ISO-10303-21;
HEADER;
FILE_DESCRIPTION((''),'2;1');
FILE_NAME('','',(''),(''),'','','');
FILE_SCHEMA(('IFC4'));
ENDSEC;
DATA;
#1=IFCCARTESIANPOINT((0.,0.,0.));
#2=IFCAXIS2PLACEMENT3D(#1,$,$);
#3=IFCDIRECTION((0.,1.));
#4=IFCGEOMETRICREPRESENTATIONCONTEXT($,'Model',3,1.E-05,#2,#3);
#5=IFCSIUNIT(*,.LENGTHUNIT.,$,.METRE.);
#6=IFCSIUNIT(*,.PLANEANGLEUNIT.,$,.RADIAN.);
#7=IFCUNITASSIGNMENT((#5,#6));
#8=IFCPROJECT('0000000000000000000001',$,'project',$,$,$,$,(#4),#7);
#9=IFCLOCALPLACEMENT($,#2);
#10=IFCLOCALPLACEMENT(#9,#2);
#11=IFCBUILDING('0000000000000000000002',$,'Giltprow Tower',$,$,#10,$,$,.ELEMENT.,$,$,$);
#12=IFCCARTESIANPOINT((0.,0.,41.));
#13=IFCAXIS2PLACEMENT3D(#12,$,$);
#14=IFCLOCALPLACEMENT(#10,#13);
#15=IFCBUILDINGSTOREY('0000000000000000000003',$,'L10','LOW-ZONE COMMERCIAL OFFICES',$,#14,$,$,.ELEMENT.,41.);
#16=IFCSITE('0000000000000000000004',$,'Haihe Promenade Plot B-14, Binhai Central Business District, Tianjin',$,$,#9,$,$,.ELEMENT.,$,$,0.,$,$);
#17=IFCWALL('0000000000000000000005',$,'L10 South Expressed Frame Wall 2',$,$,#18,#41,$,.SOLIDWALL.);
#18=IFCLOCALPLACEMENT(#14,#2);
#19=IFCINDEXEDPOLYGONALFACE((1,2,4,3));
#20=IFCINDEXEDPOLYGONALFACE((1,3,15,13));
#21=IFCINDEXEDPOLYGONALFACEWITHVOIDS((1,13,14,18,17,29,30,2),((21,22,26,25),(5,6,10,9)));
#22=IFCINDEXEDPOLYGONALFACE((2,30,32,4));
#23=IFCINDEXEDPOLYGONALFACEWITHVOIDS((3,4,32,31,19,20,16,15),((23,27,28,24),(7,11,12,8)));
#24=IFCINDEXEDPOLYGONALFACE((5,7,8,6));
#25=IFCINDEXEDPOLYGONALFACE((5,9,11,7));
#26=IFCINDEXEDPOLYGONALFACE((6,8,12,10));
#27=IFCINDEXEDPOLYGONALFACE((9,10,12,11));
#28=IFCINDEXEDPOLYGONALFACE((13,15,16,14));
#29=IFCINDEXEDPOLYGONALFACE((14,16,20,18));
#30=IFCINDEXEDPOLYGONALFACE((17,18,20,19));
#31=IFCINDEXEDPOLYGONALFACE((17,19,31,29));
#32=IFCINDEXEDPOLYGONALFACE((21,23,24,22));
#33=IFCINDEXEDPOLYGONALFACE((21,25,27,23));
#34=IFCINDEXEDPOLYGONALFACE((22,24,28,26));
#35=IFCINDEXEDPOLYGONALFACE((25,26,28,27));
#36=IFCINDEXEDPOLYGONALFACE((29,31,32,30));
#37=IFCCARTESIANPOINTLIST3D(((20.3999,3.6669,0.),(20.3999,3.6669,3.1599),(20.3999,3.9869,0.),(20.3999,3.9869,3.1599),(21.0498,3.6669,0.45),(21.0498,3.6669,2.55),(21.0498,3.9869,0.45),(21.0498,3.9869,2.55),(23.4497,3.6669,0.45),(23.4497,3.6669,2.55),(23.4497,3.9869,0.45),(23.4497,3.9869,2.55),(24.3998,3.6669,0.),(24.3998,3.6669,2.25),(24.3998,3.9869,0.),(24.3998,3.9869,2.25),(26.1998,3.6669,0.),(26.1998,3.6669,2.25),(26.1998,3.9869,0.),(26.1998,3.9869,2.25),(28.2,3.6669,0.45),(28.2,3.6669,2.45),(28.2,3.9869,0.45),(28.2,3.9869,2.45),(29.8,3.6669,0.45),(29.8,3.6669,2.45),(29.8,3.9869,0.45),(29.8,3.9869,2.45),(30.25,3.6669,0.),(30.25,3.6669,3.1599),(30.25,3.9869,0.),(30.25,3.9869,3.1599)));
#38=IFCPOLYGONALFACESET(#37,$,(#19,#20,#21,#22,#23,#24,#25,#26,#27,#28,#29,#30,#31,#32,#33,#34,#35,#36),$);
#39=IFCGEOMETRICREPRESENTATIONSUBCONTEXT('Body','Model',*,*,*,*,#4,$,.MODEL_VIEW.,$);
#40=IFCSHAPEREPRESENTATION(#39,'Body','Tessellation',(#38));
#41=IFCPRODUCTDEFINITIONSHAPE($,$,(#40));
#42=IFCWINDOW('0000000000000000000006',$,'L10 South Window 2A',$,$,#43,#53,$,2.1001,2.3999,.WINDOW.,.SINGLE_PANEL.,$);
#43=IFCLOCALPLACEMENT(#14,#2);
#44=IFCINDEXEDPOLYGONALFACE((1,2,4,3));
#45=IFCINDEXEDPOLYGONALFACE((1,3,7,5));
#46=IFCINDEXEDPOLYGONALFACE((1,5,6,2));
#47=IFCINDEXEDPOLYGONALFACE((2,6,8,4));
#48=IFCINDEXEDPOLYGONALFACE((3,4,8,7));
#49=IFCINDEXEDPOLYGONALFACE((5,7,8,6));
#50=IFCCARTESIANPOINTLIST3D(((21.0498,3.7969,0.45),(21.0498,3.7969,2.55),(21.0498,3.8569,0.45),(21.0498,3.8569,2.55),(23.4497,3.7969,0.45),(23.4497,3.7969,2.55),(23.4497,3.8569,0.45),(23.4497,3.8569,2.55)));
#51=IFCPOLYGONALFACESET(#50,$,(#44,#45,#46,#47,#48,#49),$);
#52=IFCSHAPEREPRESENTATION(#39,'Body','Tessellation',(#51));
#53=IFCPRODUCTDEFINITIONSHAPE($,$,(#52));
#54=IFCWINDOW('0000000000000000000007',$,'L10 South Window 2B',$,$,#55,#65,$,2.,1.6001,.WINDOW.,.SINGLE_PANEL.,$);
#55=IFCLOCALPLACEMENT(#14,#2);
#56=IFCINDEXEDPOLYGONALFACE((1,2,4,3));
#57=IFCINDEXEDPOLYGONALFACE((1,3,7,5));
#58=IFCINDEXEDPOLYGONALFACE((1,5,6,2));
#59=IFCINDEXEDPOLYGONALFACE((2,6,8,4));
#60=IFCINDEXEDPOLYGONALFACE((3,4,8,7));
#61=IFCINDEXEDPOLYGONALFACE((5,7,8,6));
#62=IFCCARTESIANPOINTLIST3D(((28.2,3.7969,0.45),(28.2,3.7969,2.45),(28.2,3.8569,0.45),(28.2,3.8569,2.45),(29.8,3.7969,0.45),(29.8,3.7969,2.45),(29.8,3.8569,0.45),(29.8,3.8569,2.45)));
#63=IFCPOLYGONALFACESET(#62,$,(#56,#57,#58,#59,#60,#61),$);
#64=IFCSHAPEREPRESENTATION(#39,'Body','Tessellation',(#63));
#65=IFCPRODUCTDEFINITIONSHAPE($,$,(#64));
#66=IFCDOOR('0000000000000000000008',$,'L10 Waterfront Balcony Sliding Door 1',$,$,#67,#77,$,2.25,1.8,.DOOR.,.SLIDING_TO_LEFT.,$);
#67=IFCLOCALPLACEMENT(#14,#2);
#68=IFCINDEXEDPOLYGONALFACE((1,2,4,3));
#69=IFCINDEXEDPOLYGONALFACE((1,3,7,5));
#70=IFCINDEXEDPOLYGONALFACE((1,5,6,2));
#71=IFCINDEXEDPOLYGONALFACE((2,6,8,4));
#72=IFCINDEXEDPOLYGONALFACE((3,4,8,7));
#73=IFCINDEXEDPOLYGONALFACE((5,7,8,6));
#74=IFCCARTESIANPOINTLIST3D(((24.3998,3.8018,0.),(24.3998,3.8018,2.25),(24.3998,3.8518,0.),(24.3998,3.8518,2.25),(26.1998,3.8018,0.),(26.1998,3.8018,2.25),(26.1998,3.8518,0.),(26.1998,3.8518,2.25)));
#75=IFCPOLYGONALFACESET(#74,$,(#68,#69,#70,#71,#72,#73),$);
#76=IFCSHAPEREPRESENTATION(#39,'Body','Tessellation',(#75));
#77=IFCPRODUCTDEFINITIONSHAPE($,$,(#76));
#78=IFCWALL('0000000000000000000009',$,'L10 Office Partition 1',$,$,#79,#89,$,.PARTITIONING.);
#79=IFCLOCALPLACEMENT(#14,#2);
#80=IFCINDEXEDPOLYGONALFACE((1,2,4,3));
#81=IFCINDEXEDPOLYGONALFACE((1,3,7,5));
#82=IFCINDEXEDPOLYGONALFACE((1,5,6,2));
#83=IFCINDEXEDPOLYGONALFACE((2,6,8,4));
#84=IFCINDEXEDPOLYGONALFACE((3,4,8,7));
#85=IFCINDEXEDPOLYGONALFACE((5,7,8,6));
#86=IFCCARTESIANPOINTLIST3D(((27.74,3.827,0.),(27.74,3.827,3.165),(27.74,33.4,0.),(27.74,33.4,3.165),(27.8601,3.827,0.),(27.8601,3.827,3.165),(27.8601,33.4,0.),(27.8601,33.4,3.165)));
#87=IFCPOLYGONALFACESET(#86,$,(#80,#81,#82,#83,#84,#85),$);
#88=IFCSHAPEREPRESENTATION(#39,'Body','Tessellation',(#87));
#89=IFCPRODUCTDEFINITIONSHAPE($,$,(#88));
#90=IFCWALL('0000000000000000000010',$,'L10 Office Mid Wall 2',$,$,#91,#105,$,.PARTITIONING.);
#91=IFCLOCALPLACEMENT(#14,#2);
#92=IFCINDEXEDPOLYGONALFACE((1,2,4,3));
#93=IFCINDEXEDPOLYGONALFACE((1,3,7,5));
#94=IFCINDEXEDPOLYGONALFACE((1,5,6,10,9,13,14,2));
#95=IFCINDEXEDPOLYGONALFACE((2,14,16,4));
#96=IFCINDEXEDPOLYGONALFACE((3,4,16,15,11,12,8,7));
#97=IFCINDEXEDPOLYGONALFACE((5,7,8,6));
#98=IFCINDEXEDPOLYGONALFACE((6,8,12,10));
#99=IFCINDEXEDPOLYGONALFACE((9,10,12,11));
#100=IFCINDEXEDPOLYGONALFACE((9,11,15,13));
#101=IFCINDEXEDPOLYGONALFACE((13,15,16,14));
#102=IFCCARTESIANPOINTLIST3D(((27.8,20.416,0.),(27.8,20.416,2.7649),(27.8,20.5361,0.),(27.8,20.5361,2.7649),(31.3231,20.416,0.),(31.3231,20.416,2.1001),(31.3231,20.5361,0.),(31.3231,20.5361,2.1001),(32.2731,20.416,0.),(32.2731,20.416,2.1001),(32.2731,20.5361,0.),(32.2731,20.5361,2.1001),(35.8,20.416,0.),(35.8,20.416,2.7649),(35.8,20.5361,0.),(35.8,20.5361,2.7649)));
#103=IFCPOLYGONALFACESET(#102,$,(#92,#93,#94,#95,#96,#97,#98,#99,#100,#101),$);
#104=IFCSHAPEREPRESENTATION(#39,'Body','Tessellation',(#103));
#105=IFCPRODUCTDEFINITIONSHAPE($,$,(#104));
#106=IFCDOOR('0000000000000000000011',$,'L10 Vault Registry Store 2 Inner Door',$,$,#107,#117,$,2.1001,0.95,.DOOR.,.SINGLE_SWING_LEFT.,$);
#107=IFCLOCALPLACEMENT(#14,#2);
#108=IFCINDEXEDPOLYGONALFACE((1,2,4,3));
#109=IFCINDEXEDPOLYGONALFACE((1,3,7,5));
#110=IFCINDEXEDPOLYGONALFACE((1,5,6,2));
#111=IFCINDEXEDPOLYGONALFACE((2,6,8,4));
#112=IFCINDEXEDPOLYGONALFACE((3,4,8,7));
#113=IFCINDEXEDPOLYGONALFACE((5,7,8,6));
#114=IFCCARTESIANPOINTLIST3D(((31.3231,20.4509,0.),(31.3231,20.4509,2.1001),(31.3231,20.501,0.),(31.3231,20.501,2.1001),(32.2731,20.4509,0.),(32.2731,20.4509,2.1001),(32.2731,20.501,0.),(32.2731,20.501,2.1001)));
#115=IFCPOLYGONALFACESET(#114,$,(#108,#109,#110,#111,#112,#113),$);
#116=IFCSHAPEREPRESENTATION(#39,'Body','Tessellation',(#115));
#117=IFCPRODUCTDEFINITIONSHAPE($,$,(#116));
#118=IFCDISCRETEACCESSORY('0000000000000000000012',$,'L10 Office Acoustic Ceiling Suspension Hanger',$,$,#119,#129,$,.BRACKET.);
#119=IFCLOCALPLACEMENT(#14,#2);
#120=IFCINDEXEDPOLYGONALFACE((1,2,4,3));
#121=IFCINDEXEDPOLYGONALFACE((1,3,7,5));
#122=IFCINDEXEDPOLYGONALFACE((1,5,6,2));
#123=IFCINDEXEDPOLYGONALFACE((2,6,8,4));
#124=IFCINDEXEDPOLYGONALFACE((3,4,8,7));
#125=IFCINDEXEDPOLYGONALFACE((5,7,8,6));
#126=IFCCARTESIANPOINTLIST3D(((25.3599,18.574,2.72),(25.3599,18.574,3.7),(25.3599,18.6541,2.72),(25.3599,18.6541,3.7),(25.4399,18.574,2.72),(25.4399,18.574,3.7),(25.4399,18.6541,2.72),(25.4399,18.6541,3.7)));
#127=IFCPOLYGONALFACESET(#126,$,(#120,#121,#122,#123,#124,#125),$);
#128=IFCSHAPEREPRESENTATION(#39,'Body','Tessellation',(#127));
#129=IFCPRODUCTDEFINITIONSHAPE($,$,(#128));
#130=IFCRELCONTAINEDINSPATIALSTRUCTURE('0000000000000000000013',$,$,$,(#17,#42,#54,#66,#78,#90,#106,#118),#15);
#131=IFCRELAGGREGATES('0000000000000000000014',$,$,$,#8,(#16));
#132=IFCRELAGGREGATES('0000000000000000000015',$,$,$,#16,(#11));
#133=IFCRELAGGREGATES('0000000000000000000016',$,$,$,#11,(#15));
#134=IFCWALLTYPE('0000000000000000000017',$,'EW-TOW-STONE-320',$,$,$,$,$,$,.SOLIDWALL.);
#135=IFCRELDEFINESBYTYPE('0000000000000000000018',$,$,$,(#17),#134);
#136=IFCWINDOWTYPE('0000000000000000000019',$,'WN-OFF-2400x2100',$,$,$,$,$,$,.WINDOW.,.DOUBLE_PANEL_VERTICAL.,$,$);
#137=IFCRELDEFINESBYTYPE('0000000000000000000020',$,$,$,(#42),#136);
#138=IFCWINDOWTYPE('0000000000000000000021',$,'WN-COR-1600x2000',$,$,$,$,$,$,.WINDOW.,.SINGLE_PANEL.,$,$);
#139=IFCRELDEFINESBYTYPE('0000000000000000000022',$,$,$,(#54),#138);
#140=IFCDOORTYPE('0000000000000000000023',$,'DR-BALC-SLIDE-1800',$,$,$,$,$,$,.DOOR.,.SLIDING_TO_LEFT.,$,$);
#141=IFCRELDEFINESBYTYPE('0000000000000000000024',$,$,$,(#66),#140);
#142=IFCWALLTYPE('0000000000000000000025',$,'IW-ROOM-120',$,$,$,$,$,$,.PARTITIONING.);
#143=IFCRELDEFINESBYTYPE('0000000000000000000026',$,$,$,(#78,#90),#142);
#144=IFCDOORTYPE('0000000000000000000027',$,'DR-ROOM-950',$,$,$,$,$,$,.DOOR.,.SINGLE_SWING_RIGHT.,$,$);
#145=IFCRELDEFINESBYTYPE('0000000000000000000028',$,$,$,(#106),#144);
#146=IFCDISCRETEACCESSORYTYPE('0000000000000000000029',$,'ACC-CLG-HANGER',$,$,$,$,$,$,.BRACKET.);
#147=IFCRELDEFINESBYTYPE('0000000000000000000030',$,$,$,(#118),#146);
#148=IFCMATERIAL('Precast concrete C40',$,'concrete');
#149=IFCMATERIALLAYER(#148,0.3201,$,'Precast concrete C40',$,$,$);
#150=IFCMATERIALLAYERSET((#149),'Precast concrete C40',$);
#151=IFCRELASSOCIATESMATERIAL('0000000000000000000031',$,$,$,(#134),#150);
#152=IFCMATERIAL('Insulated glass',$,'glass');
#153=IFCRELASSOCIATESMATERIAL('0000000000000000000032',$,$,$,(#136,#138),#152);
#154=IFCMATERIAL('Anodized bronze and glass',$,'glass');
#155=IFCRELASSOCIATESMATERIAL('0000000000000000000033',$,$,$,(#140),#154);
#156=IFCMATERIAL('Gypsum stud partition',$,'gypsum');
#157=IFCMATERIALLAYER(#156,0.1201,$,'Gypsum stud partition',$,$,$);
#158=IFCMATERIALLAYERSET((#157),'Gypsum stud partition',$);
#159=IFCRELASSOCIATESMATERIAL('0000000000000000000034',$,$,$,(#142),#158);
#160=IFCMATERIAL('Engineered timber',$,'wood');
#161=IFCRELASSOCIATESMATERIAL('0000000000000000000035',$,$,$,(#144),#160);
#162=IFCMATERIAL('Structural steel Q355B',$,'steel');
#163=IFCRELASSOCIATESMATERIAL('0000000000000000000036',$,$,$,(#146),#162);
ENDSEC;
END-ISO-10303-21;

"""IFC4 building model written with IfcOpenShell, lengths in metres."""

from ifc_helpers import new_model, si_unit, direction, frame, frame_2d, origin, origin_2d, place, context, subcontext, project, spatial, rectangle, extrude, source, transform, mapped, material, layer, layer_set, type_object, element, fill, save


model = new_model("IFC4")

# Units and contexts
model_context = context("Model", 3, precision=1e-05, world=origin(), true_north=direction((0.0, 1.0)))
body_context = subcontext(model_context, "Body", "Model", "MODEL_VIEW")
ifc_project = project(units=[si_unit("LENGTHUNIT", "METRE"), si_unit("PLANEANGLEUNIT", "RADIAN")], contexts=[model_context])

# Site, building, storey
site_placement = place(None, origin())
site = spatial("IfcSite", under=ifc_project, at=site_placement, Name="Haihe Promenade Plot B-14, Binhai Central Business District, Tianjin", CompositionType="ELEMENT", RefElevation=0.0)
building_placement = place(site_placement, origin())
building = spatial("IfcBuilding", under=site, at=building_placement, Name="Giltprow Tower", CompositionType="ELEMENT")
storey_placement = place(building_placement, frame((0.0, 0.0, 41.0)))
storey = spatial("IfcBuildingStorey", under=building, at=storey_placement, Name="L10", Description="LOW-ZONE COMMERCIAL OFFICES", CompositionType="ELEMENT", Elevation=41.0)

# Shared definitions
ifc_material_1 = material(Name="Structural steel Q355B", Category="steel")

# Shared definitions
ifc_material_2 = material(Name="Insulated glass", Category="glass")

# Wall, openings, windows, door
ifc_material_3 = material(Name="Precast concrete C40", Category="concrete")
ifc_layer_1 = layer(ifc_material_3, 0.3201, Name="Precast concrete C40")
ifc_layer_set_1 = layer_set([ifc_layer_1], Name="Precast concrete C40")
wall_type_1 = type_object("IfcWallType", Name="EW-TOW-STONE-320", PredefinedType="SOLIDWALL", material=ifc_layer_set_1)
wall_1_placement = place(storey_placement, frame((20.3999, 3.8269, 0.0), z_axis=(0.0, 0.0, 1.0), x_axis=(1.0, 0.0, 0.0)))
wall_1 = element("IfcWall", 1, at=wall_1_placement, inside=storey, type_object=wall_type_1, Name="L10 South Expressed Frame Wall 2", PredefinedType="SOLIDWALL", context=body_context, shape_type="SweptSolid", body=[
    extrude(rectangle(XDim=9.8501, YDim=0.3201, at=frame_2d((4.925, 0.0))), origin(), (0.0, 0.0, 1.0), 3.1599),
])
opening_1_placement = place(wall_1_placement, frame((4.0, 0.0, 0.0)))
opening_1 = element("IfcOpeningElement", 2, at=opening_1_placement, cuts=wall_1, PredefinedType="OPENING", context=body_context, shape_type="SweptSolid", body=[
    extrude(rectangle(XDim=1.8, YDim=2.25, at=frame_2d((0.8999, 1.125))), frame((0.0, 0.1699, 0.0), z_axis=(0.0, -1.0, 0.0), x_axis=(1.0, 0.0, 0.0)), (0.0, 0.0, 1.0), 0.3401),
])
opening_2_placement = place(wall_1_placement, frame((0.6499, 0.0, 0.45)))
opening_2 = element("IfcOpeningElement", 3, at=opening_2_placement, cuts=wall_1, PredefinedType="OPENING", context=body_context, shape_type="SweptSolid", body=[
    extrude(rectangle(XDim=2.3999, YDim=2.1001, at=frame_2d((1.2, 1.05))), frame((0.0, 0.1699, 0.0), z_axis=(0.0, -1.0, 0.0), x_axis=(1.0, 0.0, 0.0)), (0.0, 0.0, 1.0), 0.3401),
])
opening_3_placement = place(wall_1_placement, frame((7.8, 0.0, 0.45)))
opening_3 = element("IfcOpeningElement", 4, at=opening_3_placement, cuts=wall_1, PredefinedType="OPENING", context=body_context, shape_type="SweptSolid", body=[
    extrude(rectangle(XDim=1.6001, YDim=2.0, at=frame_2d((0.8, 1.0))), frame((0.0, 0.1699, 0.0), z_axis=(0.0, -1.0, 0.0), x_axis=(1.0, 0.0, 0.0)), (0.0, 0.0, 1.0), 0.3401),
])
window_type_1 = type_object("IfcWindowType", Name="WN-OFF-2400x2100", PartitioningType="DOUBLE_PANEL_VERTICAL", PredefinedType="WINDOW", material=ifc_material_2)
shared_shape_1 = source(origin(), body_context, "Body", "SweptSolid", [
    extrude(rectangle(XDim=2.3999, YDim=2.1001, at=frame_2d((1.2, 1.05))), frame((0.0, 0.03, 0.0), z_axis=(0.0, -1.0, 0.0), x_axis=(1.0, 0.0, 0.0)), (0.0, 0.0, 1.0), 0.0601),
])
window_1_placement = place(opening_2_placement, origin())
window_1 = element("IfcWindow", 5, at=window_1_placement, inside=storey, type_object=window_type_1, Name="L10 South Window 2A", OverallHeight=2.1001, OverallWidth=2.3999, PartitioningType="SINGLE_PANEL", PredefinedType="WINDOW", context=body_context, shape_type="MappedRepresentation", body=[
    mapped(shared_shape_1, transform((0.0, 0.0, 0.0), x_axis=(1.0, 0.0, 0.0), y_axis=(0.0, 1.0, 0.0), z_axis=(0.0, 0.0, 1.0), scale=1.0)),
])
fill(opening_2, window_1)
window_type_2 = type_object("IfcWindowType", Name="WN-COR-1600x2000", PartitioningType="SINGLE_PANEL", PredefinedType="WINDOW", material=ifc_material_2)
shared_shape_2 = source(origin(), body_context, "Body", "SweptSolid", [
    extrude(rectangle(XDim=1.6001, YDim=2.0, at=frame_2d((0.8, 1.0))), frame((0.0, 0.03, 0.0), z_axis=(0.0, -1.0, 0.0), x_axis=(1.0, 0.0, 0.0)), (0.0, 0.0, 1.0), 0.0601),
])
window_2_placement = place(opening_3_placement, origin())
window_2 = element("IfcWindow", 6, at=window_2_placement, inside=storey, type_object=window_type_2, Name="L10 South Window 2B", OverallHeight=2.0, OverallWidth=1.6001, PartitioningType="SINGLE_PANEL", PredefinedType="WINDOW", context=body_context, shape_type="MappedRepresentation", body=[
    mapped(shared_shape_2, transform((0.0, 0.0, 0.0), x_axis=(1.0, 0.0, 0.0), y_axis=(0.0, 1.0, 0.0), z_axis=(0.0, 0.0, 1.0), scale=1.0)),
])
fill(opening_3, window_2)
ifc_material_4 = material(Name="Anodized bronze and glass", Category="glass")
door_type_1 = type_object("IfcDoorType", Name="DR-BALC-SLIDE-1800", OperationType="SLIDING_TO_LEFT", PredefinedType="DOOR", material=ifc_material_4)
shared_shape_3 = source(origin(), body_context, "Body", "SweptSolid", [
    extrude(rectangle(XDim=1.8, YDim=2.25, at=frame_2d((0.8999, 1.125))), frame((0.0, 0.0249, 0.0), z_axis=(0.0, -1.0, 0.0), x_axis=(1.0, 0.0, 0.0)), (0.0, 0.0, 1.0), 0.05),
])
door_1_placement = place(opening_1_placement, origin())
door_1 = element("IfcDoor", 7, at=door_1_placement, inside=storey, type_object=door_type_1, Name="L10 Waterfront Balcony Sliding Door 1", OperationType="SLIDING_TO_LEFT", OverallHeight=2.25, OverallWidth=1.8, PredefinedType="DOOR", context=body_context, shape_type="MappedRepresentation", body=[
    mapped(shared_shape_3, transform((0.0, 0.0, 0.0), x_axis=(1.0, 0.0, 0.0), y_axis=(0.0, 1.0, 0.0), z_axis=(0.0, 0.0, 1.0), scale=1.0)),
])
fill(opening_1, door_1)

# Wall
ifc_material_5 = material(Name="Gypsum stud partition", Category="gypsum")
ifc_layer_2 = layer(ifc_material_5, 0.1201, Name="Gypsum stud partition")
ifc_layer_set_2 = layer_set([ifc_layer_2], Name="Gypsum stud partition")
wall_type_2 = type_object("IfcWallType", Name="IW-ROOM-120", PredefinedType="PARTITIONING", material=ifc_layer_set_2)
wall_2_placement = place(storey_placement, frame((27.8, 3.8269, 0.0), z_axis=(0.0, 0.0, 1.0), x_axis=(0.0, 1.0, 0.0)))
element("IfcWall", 8, at=wall_2_placement, inside=storey, type_object=wall_type_2, Name="L10 Office Partition 1", PredefinedType="PARTITIONING", context=body_context, shape_type="SweptSolid", body=[
    extrude(rectangle(XDim=29.573, YDim=0.1201, at=frame_2d((14.7866, 0.0))), origin(), (0.0, 0.0, 1.0), 3.165),
])

# Wall, opening, door
wall_3_placement = place(storey_placement, frame((27.8, 20.4761, 0.0), z_axis=(0.0, 0.0, 1.0), x_axis=(1.0, 0.0, 0.0)))
wall_3 = element("IfcWall", 9, at=wall_3_placement, inside=storey, type_object=wall_type_2, Name="L10 Office Mid Wall 2", PredefinedType="PARTITIONING", context=body_context, shape_type="SweptSolid", body=[
    extrude(rectangle(XDim=8.0, YDim=0.1201, at=frame_2d((4.0, 0.0))), origin(), (0.0, 0.0, 1.0), 2.7649),
])
opening_4_placement = place(wall_3_placement, frame((3.5229, 0.0, 0.0)))
opening_4 = element("IfcOpeningElement", 10, at=opening_4_placement, cuts=wall_3, PredefinedType="OPENING", context=body_context, shape_type="SweptSolid", body=[
    extrude(rectangle(XDim=0.95, YDim=2.1001, at=frame_2d((0.4751, 1.05))), frame((0.0, 0.0701, 0.0), z_axis=(0.0, -1.0, 0.0), x_axis=(1.0, 0.0, 0.0)), (0.0, 0.0, 1.0), 0.1401),
])
ifc_material_6 = material(Name="Engineered timber", Category="wood")
door_type_2 = type_object("IfcDoorType", Name="DR-ROOM-950", OperationType="SINGLE_SWING_RIGHT", PredefinedType="DOOR", material=ifc_material_6)
shared_shape_4 = source(origin(), body_context, "Body", "SweptSolid", [
    extrude(rectangle(XDim=0.95, YDim=2.1001, at=frame_2d((0.4751, 1.05))), frame((0.0, 0.0249, 0.0), z_axis=(0.0, -1.0, 0.0), x_axis=(1.0, 0.0, 0.0)), (0.0, 0.0, 1.0), 0.05),
])
door_2_placement = place(opening_4_placement, origin())
door_2 = element("IfcDoor", 11, at=door_2_placement, inside=storey, type_object=door_type_2, Name="L10 Vault Registry Store 2 Inner Door", OperationType="SINGLE_SWING_LEFT", OverallHeight=2.1001, OverallWidth=0.95, PredefinedType="DOOR", context=body_context, shape_type="MappedRepresentation", body=[
    mapped(shared_shape_4, transform((0.0, 0.0, 0.0), x_axis=(1.0, 0.0, 0.0), y_axis=(0.0, 1.0, 0.0), z_axis=(0.0, 0.0, 1.0), scale=1.0)),
])
fill(opening_4, door_2)

# Discrete accessory
discrete_accessory_type = type_object("IfcDiscreteAccessoryType", Name="ACC-CLG-HANGER", PredefinedType="BRACKET", material=ifc_material_1)
shared_shape_5 = source(origin(), body_context, "Body", "SweptSolid", [
    extrude(rectangle(XDim=0.0801, YDim=0.0801, at=origin_2d()), origin(), (0.0, 0.0, 1.0), 0.98),
])
discrete_accessory_placement = place(storey_placement, frame((25.3999, 18.614, 2.72), z_axis=(0.0, 0.0, 1.0), x_axis=(1.0, 0.0, 0.0)))
element("IfcDiscreteAccessory", 12, at=discrete_accessory_placement, inside=storey, type_object=discrete_accessory_type, Name="L10 Office Acoustic Ceiling Suspension Hanger", PredefinedType="BRACKET", context=body_context, shape_type="MappedRepresentation", body=[
    mapped(shared_shape_5, transform((0.0, 0.0, 0.0), x_axis=(1.0, 0.0, 0.0), y_axis=(0.0, 1.0, 0.0), z_axis=(0.0, 0.0, 1.0), scale=1.0)),
])

save(model, "model.ifc")
